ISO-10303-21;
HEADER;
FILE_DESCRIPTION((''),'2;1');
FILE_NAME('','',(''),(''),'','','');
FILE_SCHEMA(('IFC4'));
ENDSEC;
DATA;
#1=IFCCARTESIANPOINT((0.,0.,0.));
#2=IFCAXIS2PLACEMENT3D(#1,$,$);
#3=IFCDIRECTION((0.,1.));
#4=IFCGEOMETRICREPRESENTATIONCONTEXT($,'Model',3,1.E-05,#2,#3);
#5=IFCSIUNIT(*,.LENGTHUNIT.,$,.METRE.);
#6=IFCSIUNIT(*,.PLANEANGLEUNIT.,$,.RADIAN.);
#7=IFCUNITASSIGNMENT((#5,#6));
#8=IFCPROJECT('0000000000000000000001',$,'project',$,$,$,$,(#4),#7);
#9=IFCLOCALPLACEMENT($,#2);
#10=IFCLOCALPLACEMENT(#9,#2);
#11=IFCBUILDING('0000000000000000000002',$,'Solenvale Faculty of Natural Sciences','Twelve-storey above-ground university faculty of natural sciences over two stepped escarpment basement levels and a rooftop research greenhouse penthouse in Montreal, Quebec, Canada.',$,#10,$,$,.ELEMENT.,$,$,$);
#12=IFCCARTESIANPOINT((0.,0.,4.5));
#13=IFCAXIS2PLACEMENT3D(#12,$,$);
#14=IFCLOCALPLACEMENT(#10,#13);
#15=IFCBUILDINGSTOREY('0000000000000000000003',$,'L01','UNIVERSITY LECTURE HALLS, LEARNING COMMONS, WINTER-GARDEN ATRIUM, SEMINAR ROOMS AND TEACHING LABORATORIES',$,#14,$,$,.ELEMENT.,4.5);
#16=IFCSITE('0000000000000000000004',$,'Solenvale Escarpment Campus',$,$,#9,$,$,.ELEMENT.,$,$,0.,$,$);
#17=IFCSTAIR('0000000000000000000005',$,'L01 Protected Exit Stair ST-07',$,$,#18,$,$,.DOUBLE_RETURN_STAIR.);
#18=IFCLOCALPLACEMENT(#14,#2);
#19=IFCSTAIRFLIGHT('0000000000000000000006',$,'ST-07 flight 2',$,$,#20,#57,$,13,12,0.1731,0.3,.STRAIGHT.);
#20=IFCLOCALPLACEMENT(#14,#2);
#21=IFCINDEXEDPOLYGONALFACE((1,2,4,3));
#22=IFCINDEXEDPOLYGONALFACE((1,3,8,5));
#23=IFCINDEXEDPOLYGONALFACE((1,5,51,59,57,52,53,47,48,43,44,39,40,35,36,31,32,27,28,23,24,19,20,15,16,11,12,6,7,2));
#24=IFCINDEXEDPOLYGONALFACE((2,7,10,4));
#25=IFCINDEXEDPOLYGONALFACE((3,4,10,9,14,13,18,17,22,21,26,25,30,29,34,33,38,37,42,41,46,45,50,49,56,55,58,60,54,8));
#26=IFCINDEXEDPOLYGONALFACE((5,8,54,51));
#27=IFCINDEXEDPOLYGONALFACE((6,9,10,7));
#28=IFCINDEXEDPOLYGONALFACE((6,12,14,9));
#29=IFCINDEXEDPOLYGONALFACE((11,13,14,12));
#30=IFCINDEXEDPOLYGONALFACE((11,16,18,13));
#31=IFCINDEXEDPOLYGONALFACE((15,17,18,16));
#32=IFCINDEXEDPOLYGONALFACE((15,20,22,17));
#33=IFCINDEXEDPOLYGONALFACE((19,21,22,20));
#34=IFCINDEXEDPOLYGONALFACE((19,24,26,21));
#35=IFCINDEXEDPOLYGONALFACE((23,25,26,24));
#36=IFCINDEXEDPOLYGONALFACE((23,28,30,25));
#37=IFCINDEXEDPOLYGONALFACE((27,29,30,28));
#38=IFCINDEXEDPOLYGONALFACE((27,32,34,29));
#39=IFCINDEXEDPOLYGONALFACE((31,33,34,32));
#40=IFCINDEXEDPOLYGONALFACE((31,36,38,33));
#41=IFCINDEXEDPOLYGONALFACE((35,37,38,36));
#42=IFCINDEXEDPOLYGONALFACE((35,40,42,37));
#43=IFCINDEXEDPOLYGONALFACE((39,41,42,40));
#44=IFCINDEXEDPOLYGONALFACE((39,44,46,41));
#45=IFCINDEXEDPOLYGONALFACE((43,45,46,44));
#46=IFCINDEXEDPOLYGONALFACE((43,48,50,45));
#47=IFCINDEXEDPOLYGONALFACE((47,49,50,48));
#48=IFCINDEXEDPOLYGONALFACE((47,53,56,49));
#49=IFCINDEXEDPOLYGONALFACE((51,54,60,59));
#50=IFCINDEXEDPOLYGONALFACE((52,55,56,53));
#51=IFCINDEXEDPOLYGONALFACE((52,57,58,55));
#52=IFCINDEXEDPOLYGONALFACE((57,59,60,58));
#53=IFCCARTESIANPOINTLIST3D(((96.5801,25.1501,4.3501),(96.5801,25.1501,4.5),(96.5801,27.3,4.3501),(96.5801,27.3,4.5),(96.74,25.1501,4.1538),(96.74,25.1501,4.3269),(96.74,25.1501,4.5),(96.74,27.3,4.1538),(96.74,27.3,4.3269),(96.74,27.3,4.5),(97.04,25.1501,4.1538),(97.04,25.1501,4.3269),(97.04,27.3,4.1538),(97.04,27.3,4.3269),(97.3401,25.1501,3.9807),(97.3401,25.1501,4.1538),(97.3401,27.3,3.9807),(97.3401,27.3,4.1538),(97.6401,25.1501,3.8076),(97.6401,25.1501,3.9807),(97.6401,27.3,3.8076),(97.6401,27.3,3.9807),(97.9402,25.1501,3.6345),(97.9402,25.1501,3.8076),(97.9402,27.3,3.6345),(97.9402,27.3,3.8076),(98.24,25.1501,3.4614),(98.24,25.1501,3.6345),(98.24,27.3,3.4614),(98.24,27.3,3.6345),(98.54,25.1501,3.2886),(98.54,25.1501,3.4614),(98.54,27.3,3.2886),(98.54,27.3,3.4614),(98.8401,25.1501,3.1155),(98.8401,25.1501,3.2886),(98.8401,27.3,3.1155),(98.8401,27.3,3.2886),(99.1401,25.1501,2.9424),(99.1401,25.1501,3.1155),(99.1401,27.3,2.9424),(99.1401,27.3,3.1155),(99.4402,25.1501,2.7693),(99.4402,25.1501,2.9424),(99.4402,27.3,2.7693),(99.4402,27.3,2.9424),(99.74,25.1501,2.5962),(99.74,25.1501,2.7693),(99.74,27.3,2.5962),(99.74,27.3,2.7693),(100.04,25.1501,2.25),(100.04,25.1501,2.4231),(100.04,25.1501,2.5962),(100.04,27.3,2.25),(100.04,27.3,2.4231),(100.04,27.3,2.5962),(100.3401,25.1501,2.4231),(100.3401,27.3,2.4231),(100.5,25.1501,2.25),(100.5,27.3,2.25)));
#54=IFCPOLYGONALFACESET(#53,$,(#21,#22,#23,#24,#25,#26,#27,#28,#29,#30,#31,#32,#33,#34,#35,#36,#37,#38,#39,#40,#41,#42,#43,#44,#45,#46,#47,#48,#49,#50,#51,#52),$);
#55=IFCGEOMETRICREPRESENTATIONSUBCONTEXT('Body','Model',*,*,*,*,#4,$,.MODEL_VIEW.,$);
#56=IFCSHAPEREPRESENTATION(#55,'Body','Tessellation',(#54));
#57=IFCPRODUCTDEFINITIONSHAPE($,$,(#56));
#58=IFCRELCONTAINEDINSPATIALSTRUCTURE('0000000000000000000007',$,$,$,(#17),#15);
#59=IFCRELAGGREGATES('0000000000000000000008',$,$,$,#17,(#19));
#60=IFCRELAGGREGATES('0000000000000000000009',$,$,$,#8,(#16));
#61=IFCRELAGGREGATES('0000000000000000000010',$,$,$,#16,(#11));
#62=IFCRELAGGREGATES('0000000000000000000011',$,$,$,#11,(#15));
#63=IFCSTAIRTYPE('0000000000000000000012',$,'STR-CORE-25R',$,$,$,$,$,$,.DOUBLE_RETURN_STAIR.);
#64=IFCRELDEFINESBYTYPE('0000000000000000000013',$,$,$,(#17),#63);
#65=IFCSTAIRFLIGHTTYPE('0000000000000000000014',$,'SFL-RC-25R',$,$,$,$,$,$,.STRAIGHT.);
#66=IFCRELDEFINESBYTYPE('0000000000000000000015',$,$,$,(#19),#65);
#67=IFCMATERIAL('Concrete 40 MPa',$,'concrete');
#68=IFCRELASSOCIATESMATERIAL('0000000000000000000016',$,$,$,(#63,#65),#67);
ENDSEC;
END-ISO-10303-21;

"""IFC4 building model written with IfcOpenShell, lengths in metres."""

from ifc_helpers import new_model, si_unit, direction, frame, origin, place, context, subcontext, project, spatial, polyline, outline, extrude, material, type_object, element, aggregate, save


model = new_model("IFC4")

# Units and contexts
model_context = context("Model", 3, precision=1e-05, world=origin(), true_north=direction((0.0, 1.0)))
body_context = subcontext(model_context, "Body", "Model", "MODEL_VIEW")
ifc_project = project(units=[si_unit("LENGTHUNIT", "METRE"), si_unit("PLANEANGLEUNIT", "RADIAN")], contexts=[model_context])

# Site, building, storey
site_placement = place(None, origin())
site = spatial("IfcSite", under=ifc_project, at=site_placement, Name="Solenvale Escarpment Campus", CompositionType="ELEMENT", RefElevation=0.0)
building_placement = place(site_placement, origin())
building = spatial("IfcBuilding", under=site, at=building_placement, Name="Solenvale Faculty of Natural Sciences", Description="Twelve-storey above-ground university faculty of natural sciences over two stepped escarpment basement levels and a rooftop research greenhouse penthouse in Montreal, Quebec, Canada.", CompositionType="ELEMENT")
storey_placement = place(building_placement, frame((0.0, 0.0, 4.5)))
storey = spatial("IfcBuildingStorey", under=building, at=storey_placement, Name="L01", Description="UNIVERSITY LECTURE HALLS, LEARNING COMMONS, WINTER-GARDEN ATRIUM, SEMINAR ROOMS AND TEACHING LABORATORIES", CompositionType="ELEMENT", Elevation=4.5)

# Shared definitions
ifc_material_1 = material(Name="Concrete 40 MPa", Category="concrete")

# Stair, stair flight
stair_type = type_object("IfcStairType", Name="STR-CORE-25R", PredefinedType="DOUBLE_RETURN_STAIR", material=ifc_material_1)
stair_placement = place(storey_placement, origin())
stair = element("IfcStair", 1, at=stair_placement, inside=storey, type_object=stair_type, Name="L01 Protected Exit Stair ST-07", PredefinedType="DOUBLE_RETURN_STAIR")
stair_flight_type = type_object("IfcStairFlightType", Name="SFL-RC-25R", PredefinedType="STRAIGHT", material=ifc_material_1)
stair_flight_placement = place(storey_placement, frame((100.3401, 26.2251, 2.25), z_axis=(0.0, 0.0, 1.0), x_axis=(-1.0, 0.0, 0.0)))
stair_flight = element("IfcStairFlight", 2, at=stair_flight_placement, type_object=stair_flight_type, Name="ST-07 flight 2", NumberOfRisers=13, NumberOfTreads=12, PredefinedType="STRAIGHT", RiserHeight=0.1731, TreadLength=0.3, context=body_context, shape_type="SweptSolid", body=[
    extrude(outline(polyline([(-0.1599, 0.0), (0.0, 0.1731), (0.3, 0.1731), (0.3, 0.3462), (0.6001, 0.3462), (0.6001, 0.5193), (0.8999, 0.5193), (0.8999, 0.6924), (1.2, 0.6924), (1.2, 0.8655), (1.5, 0.8655), (1.5, 1.0386), (1.8, 1.0386), (1.8, 1.2114), (2.1001, 1.2114), (2.1001, 1.3845), (2.3999, 1.3845), (2.3999, 1.5576), (2.7, 1.5576), (2.7, 1.7307), (3.0, 1.7307), (3.0, 1.9038), (3.3, 1.9038), (3.3, 2.0769), (3.6001, 2.0769), (3.6001, 2.25), (3.76, 2.25), (3.76, 2.1001), (3.6001, 1.9038), (0.3, 0.0), (-0.1599, 0.0)])), frame((0.0, 1.075, 0.0), z_axis=(0.0, -1.0, 0.0), x_axis=(1.0, 0.0, 0.0)), (0.0, 0.0, 1.0), 2.1499),
])
aggregate(stair, [stair_flight])

save(model, "model.ifc")
